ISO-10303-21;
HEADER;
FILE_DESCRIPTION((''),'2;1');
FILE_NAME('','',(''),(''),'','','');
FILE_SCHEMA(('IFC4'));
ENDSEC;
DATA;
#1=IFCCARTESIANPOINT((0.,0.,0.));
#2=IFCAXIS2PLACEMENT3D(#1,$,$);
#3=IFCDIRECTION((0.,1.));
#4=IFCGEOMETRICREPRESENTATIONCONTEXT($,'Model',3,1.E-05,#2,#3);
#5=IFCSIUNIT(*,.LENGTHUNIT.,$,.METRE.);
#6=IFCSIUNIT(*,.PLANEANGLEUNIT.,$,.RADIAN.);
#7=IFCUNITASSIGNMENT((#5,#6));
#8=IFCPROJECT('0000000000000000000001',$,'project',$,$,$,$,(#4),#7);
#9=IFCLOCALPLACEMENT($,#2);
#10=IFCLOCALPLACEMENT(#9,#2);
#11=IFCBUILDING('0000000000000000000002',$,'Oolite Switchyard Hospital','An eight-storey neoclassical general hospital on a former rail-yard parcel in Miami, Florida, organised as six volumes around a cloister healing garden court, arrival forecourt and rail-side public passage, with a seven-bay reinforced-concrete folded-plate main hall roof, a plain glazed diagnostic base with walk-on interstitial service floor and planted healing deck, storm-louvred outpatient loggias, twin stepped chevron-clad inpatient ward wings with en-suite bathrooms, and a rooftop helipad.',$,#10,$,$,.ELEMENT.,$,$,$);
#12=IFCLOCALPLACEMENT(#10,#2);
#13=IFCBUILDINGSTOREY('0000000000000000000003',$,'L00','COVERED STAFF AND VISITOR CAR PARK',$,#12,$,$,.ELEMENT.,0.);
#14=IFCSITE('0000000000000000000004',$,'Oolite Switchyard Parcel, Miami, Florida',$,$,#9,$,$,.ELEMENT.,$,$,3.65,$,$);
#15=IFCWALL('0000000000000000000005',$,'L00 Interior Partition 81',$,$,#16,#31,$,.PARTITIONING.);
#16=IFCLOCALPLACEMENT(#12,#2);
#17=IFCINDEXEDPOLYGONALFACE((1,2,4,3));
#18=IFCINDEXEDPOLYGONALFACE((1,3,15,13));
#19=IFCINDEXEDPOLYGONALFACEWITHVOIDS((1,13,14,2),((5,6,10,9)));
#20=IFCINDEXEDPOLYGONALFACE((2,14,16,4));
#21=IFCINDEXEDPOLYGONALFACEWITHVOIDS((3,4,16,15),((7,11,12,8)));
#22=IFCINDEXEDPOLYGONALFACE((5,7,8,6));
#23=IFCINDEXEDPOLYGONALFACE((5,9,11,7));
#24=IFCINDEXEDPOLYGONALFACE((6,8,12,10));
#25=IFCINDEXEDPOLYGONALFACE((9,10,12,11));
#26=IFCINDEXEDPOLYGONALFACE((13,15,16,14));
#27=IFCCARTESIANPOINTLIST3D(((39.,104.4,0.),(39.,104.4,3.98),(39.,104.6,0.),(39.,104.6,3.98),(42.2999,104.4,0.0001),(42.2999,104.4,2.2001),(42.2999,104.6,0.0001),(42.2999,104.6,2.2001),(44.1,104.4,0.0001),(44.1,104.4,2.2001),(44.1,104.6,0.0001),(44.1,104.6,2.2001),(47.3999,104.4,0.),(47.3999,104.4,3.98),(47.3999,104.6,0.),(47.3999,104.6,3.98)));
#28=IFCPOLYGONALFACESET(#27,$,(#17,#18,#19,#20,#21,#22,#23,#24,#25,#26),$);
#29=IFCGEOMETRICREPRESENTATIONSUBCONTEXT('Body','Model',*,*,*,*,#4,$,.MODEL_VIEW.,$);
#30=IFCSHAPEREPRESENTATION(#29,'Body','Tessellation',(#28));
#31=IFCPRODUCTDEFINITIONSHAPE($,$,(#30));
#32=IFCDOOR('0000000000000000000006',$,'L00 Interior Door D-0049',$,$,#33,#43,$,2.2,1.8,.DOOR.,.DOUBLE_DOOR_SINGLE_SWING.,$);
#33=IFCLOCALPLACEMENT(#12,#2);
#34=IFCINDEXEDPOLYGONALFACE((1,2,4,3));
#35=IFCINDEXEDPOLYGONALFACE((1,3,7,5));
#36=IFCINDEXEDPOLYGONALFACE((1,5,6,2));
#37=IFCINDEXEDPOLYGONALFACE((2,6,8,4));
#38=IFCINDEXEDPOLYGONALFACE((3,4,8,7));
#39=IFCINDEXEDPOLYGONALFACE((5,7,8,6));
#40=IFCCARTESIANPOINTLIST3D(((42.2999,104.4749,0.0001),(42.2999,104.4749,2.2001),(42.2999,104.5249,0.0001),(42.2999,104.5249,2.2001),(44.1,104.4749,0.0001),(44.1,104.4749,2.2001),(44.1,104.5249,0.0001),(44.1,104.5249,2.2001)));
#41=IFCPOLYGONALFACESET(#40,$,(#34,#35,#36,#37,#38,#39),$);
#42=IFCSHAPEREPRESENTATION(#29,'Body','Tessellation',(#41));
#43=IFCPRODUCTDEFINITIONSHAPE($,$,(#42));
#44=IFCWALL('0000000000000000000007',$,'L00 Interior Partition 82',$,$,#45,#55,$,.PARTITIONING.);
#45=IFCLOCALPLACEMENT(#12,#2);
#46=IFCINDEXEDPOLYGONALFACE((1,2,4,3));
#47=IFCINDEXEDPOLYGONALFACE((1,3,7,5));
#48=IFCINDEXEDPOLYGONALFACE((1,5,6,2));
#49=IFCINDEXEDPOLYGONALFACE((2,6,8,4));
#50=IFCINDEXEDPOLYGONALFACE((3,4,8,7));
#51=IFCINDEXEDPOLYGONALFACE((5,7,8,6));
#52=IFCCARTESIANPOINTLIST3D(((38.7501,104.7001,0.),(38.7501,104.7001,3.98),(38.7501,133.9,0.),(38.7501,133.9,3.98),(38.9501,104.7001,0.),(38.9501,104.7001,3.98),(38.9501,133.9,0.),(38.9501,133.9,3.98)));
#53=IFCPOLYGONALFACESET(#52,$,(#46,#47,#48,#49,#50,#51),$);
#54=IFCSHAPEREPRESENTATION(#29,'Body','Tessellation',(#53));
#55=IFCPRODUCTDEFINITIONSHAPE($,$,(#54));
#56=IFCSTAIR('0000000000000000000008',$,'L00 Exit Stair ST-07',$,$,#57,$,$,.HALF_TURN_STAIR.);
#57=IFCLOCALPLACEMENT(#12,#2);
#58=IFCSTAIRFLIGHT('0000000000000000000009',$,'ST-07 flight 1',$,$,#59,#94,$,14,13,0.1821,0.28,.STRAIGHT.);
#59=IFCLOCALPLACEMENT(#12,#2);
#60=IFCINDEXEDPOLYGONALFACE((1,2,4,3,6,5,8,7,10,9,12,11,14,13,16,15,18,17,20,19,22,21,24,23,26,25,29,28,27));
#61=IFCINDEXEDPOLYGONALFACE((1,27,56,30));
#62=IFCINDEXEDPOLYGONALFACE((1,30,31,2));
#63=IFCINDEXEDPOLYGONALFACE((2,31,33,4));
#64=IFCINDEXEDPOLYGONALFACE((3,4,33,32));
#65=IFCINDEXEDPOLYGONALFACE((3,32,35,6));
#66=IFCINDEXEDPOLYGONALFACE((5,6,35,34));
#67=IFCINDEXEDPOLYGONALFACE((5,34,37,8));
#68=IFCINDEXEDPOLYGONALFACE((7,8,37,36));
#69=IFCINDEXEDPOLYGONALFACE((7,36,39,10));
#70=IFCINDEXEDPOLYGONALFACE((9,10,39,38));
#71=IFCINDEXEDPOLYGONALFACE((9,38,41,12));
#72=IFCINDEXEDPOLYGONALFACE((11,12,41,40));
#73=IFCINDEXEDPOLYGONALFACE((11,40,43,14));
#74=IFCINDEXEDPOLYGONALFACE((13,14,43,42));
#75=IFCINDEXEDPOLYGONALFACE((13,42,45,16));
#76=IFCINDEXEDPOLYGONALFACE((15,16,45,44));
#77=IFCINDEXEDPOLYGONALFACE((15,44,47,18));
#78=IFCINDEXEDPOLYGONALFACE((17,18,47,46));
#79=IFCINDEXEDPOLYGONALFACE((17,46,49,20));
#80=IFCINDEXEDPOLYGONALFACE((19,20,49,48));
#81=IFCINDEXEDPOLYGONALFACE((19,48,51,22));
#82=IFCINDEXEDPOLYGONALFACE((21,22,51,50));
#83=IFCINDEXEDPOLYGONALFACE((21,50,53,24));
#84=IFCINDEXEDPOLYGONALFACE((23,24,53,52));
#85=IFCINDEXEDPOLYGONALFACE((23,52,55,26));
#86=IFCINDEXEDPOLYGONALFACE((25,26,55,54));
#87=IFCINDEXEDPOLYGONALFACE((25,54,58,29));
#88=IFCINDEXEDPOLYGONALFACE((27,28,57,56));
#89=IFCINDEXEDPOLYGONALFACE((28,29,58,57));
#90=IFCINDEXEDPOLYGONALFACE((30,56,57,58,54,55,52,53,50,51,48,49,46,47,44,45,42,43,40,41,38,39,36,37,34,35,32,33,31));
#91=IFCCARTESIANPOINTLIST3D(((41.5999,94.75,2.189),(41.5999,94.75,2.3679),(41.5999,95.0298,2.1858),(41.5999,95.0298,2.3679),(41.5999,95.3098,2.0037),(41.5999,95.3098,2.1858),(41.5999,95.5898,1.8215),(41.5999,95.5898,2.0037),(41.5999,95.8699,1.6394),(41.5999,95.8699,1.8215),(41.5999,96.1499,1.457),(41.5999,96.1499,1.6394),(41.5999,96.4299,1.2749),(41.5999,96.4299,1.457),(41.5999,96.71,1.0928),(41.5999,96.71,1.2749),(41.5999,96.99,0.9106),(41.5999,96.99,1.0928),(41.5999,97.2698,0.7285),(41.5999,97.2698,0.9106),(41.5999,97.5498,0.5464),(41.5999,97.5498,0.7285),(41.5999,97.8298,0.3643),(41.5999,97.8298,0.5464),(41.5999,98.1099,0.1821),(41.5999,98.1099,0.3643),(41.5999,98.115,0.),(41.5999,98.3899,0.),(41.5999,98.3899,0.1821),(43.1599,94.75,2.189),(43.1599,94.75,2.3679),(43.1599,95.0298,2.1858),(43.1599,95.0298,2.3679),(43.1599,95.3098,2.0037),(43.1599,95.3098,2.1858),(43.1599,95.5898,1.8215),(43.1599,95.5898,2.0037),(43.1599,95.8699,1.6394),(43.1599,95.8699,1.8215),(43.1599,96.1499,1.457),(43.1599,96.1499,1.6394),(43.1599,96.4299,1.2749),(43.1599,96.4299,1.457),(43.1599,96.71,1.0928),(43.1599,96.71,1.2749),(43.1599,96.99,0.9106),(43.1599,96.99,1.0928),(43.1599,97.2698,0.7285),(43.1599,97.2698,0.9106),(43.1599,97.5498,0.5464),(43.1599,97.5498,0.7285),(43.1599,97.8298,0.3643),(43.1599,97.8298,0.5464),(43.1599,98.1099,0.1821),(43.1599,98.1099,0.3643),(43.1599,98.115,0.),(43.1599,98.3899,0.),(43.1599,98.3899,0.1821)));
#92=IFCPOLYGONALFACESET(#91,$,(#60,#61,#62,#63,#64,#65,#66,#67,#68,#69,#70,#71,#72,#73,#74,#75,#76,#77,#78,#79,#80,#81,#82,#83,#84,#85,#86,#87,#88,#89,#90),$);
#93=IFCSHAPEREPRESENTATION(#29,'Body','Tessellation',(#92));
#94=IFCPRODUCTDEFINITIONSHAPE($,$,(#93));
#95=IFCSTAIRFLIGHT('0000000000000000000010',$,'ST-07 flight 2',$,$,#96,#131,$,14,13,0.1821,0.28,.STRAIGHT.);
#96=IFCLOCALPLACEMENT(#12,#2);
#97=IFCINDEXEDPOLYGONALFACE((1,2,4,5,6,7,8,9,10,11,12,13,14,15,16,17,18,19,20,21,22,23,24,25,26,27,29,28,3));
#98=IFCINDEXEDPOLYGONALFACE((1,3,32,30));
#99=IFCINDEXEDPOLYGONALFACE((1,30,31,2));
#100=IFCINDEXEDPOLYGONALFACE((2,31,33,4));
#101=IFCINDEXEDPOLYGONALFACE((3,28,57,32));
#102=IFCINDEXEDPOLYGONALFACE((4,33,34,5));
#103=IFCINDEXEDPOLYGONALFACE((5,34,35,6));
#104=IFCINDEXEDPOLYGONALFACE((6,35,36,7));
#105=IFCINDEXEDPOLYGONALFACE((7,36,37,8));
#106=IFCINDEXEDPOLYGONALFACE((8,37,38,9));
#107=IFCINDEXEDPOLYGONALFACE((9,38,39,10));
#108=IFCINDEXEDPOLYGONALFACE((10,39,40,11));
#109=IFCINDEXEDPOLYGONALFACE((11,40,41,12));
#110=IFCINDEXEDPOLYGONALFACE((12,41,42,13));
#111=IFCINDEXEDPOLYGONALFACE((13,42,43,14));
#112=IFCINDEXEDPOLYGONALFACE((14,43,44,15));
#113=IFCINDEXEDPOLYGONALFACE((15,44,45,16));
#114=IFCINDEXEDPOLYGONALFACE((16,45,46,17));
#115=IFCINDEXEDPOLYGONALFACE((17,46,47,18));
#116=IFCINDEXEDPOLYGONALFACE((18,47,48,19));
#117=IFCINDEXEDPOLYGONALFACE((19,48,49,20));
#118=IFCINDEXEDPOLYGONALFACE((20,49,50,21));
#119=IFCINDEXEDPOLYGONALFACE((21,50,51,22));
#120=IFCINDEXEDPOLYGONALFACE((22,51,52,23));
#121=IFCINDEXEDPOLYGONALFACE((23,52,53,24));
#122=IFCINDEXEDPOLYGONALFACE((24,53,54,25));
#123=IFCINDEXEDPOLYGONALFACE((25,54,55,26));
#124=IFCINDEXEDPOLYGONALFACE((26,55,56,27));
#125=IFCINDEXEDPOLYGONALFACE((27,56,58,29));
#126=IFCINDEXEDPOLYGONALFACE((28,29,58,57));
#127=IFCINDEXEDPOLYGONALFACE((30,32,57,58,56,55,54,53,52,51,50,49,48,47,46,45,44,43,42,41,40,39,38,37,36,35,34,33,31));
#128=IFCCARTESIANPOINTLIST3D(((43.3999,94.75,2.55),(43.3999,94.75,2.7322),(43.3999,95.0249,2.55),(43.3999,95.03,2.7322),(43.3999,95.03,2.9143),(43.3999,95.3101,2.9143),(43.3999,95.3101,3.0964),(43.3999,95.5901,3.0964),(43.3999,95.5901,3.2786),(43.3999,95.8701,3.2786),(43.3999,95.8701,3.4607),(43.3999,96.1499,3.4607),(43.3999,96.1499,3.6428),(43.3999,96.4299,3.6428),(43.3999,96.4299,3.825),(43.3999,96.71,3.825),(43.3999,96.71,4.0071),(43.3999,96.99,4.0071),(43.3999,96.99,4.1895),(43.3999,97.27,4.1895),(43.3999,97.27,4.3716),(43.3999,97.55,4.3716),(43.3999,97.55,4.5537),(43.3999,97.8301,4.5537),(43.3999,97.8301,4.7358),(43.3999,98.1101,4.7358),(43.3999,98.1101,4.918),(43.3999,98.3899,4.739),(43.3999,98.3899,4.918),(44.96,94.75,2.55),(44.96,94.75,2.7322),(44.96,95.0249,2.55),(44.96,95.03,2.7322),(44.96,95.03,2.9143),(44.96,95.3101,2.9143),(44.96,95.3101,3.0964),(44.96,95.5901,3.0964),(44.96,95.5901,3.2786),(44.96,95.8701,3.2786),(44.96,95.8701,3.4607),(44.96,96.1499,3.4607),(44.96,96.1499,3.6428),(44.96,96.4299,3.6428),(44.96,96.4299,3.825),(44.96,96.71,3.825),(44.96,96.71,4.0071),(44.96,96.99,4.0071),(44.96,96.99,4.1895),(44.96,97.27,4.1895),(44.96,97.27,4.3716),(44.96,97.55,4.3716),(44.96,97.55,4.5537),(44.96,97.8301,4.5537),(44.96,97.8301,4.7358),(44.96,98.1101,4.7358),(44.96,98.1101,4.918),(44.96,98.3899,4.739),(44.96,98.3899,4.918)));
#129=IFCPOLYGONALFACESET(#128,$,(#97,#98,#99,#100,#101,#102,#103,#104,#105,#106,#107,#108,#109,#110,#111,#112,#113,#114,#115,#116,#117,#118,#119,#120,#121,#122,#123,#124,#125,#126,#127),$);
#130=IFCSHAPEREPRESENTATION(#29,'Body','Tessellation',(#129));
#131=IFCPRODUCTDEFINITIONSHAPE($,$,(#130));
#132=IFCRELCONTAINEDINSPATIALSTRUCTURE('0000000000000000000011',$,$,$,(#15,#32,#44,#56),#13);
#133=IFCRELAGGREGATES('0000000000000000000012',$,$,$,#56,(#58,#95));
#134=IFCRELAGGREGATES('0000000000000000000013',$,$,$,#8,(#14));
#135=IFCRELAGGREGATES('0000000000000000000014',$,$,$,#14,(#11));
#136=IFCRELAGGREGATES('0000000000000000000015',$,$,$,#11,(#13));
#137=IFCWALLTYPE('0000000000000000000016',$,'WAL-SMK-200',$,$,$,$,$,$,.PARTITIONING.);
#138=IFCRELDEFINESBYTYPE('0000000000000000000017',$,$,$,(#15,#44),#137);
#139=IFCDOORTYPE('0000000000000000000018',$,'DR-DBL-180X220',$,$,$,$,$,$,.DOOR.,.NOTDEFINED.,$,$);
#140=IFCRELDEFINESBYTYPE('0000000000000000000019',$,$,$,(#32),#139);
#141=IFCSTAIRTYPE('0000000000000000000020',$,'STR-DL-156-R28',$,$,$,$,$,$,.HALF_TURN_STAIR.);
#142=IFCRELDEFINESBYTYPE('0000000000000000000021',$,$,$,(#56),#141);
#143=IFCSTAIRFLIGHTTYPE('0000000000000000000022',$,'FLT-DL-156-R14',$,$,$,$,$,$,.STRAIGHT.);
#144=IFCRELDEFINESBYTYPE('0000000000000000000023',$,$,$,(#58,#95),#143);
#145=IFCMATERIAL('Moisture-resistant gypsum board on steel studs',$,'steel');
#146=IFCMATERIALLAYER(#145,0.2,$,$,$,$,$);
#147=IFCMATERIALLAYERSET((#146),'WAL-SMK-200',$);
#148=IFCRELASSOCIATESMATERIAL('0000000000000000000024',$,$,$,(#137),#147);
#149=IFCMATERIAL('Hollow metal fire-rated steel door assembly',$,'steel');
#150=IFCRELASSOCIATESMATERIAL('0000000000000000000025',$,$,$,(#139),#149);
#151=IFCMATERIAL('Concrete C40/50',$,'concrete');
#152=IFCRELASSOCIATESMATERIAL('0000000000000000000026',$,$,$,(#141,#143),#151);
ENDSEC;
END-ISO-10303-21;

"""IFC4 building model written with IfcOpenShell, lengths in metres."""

from ifc_helpers import new_model, si_unit, direction, frame, frame_2d, origin, place, context, subcontext, project, spatial, polyline, rectangle, outline, extrude, material, layer, layer_set, type_object, element, fill, aggregate, save


model = new_model("IFC4")

# Units and contexts
model_context = context("Model", 3, precision=1e-05, world=origin(), true_north=direction((0.0, 1.0)))
body_context = subcontext(model_context, "Body", "Model", "MODEL_VIEW")
ifc_project = project(units=[si_unit("LENGTHUNIT", "METRE"), si_unit("PLANEANGLEUNIT", "RADIAN")], contexts=[model_context])

# Site, building, storey
site_placement = place(None, origin())
site = spatial("IfcSite", under=ifc_project, at=site_placement, Name="Oolite Switchyard Parcel, Miami, Florida", CompositionType="ELEMENT", RefElevation=3.65)
building_placement = place(site_placement, origin())
building = spatial("IfcBuilding", under=site, at=building_placement, Name="Oolite Switchyard Hospital", Description="An eight-storey neoclassical general hospital on a former rail-yard parcel in Miami, Florida, organised as six volumes around a cloister healing garden court, arrival forecourt and rail-side public passage, with a seven-bay reinforced-concrete folded-plate main hall roof, a plain glazed diagnostic base with walk-on interstitial service floor and planted healing deck, storm-louvred outpatient loggias, twin stepped chevron-clad inpatient ward wings with en-suite bathrooms, and a rooftop helipad.", CompositionType="ELEMENT")
storey_placement = place(building_placement, origin())
storey = spatial("IfcBuildingStorey", under=building, at=storey_placement, Name="L00", Description="COVERED STAFF AND VISITOR CAR PARK", CompositionType="ELEMENT", Elevation=0.0)

# Shared definitions
ifc_material_1 = material(Name="Concrete C40/50", Category="concrete")

# Wall, opening, door
ifc_material_2 = material(Name="Moisture-resistant gypsum board on steel studs", Category="steel")
ifc_layer_1 = layer(ifc_material_2, 0.2)
ifc_layer_set_1 = layer_set([ifc_layer_1], Name="WAL-SMK-200")
wall_type_1 = type_object("IfcWallType", Name="WAL-SMK-200", PredefinedType="PARTITIONING", material=ifc_layer_set_1)
wall_1_placement = place(storey_placement, frame((39.0, 104.5, 0.0), z_axis=(0.0, 0.0, 1.0), x_axis=(1.0, 0.0, 0.0)))
wall_1 = element("IfcWall", 1, at=wall_1_placement, inside=storey, type_object=wall_type_1, Name="L00 Interior Partition 81", PredefinedType="PARTITIONING", context=body_context, shape_type="SweptSolid", body=[
    extrude(rectangle(XDim=8.3999, YDim=0.2, at=frame_2d((4.2, 0.0))), origin(), (0.0, 0.0, 1.0), 3.98),
])
opening_placement = place(wall_1_placement, frame((3.3, 0.0, 0.0)))
opening = element("IfcOpeningElement", 2, at=opening_placement, cuts=wall_1, PredefinedType="OPENING", context=body_context, shape_type="SweptSolid", body=[
    extrude(rectangle(XDim=1.8, YDim=2.2, at=frame_2d((0.8999, 1.1001))), frame((0.0, 0.1099, 0.0), z_axis=(0.0, -1.0, 0.0), x_axis=(1.0, 0.0, 0.0)), (0.0, 0.0, 1.0), 0.22),
])
ifc_material_3 = material(Name="Hollow metal fire-rated steel door assembly", Category="steel")
door_type = type_object("IfcDoorType", Name="DR-DBL-180X220", OperationType="NOTDEFINED", PredefinedType="DOOR", material=ifc_material_3)
door_placement = place(opening_placement, origin())
door = element("IfcDoor", 3, at=door_placement, inside=storey, type_object=door_type, Name="L00 Interior Door D-0049", OperationType="DOUBLE_DOOR_SINGLE_SWING", OverallHeight=2.2, OverallWidth=1.8, PredefinedType="DOOR", context=body_context, shape_type="SweptSolid", body=[
    extrude(rectangle(XDim=1.8, YDim=2.2, at=frame_2d((0.8999, 1.1001))), frame((0.0, 0.0249, 0.0), z_axis=(0.0, -1.0, 0.0), x_axis=(1.0, 0.0, 0.0)), (0.0, 0.0, 1.0), 0.05),
])
fill(opening, door)

# Wall
wall_2_placement = place(storey_placement, frame((38.8501, 104.7, 0.0), z_axis=(0.0, 0.0, 1.0), x_axis=(0.0, 1.0, 0.0)))
element("IfcWall", 4, at=wall_2_placement, inside=storey, type_object=wall_type_1, Name="L00 Interior Partition 82", PredefinedType="PARTITIONING", context=body_context, shape_type="SweptSolid", body=[
    extrude(rectangle(XDim=29.2, YDim=0.2, at=frame_2d((14.6001, 0.0))), origin(), (0.0, 0.0, 1.0), 3.98),
])

# Stair, stair flights
stair_type = type_object("IfcStairType", Name="STR-DL-156-R28", PredefinedType="HALF_TURN_STAIR", material=ifc_material_1)
stair_placement = place(storey_placement, origin())
stair = element("IfcStair", 5, at=stair_placement, inside=storey, type_object=stair_type, Name="L00 Exit Stair ST-07", PredefinedType="HALF_TURN_STAIR")
stair_flight_type = type_object("IfcStairFlightType", Name="FLT-DL-156-R14", PredefinedType="STRAIGHT", material=ifc_material_1)
stair_flight_1_placement = place(storey_placement, frame((42.3799, 98.3899, 0.0), z_axis=(0.0, 0.0, 1.0), x_axis=(0.0, -1.0, 0.0)))
stair_flight_1 = element("IfcStairFlight", 6, at=stair_flight_1_placement, type_object=stair_flight_type, Name="ST-07 flight 1", NumberOfRisers=14, NumberOfTreads=13, PredefinedType="STRAIGHT", RiserHeight=0.1821, TreadLength=0.28, context=body_context, shape_type="SweptSolid", body=[
    extrude(outline(polyline([(0.0, 0.0), (0.0, 0.1821), (0.28, 0.1821), (0.28, 0.3643), (0.5601, 0.3643), (0.5601, 0.5464), (0.8401, 0.5464), (0.8401, 0.7285), (1.1201, 0.7285), (1.1201, 0.9106), (1.3999, 0.9106), (1.3999, 1.0928), (1.6799, 1.0928), (1.6799, 1.2749), (1.96, 1.2749), (1.96, 1.457), (2.24, 1.457), (2.24, 1.6394), (2.52, 1.6394), (2.52, 1.8215), (2.8, 1.8215), (2.8, 2.0037), (3.0801, 2.0037), (3.0801, 2.1858), (3.3601, 2.1858), (3.3601, 2.3679), (3.6399, 2.3679), (3.6399, 2.55), (3.6399, 2.189), (0.2749, 0.0), (0.0, 0.0)])), frame((0.0, 0.78, 0.0), z_axis=(0.0, -1.0, 0.0), x_axis=(1.0, 0.0, 0.0)), (0.0, 0.0, 1.0), 1.5601),
])
stair_flight_2_placement = place(storey_placement, frame((44.1799, 94.75, 2.55), z_axis=(0.0, 0.0, 1.0), x_axis=(0.0, 1.0, 0.0)))
stair_flight_2 = element("IfcStairFlight", 7, at=stair_flight_2_placement, type_object=stair_flight_type, Name="ST-07 flight 2", NumberOfRisers=14, NumberOfTreads=13, PredefinedType="STRAIGHT", RiserHeight=0.1821, TreadLength=0.28, context=body_context, shape_type="SweptSolid", body=[
    extrude(outline(polyline([(0.0, 0.0), (0.0, 0.1821), (0.28, 0.1821), (0.28, 0.3643), (0.5601, 0.3643), (0.5601, 0.5464), (0.8401, 0.5464), (0.8401, 0.7285), (1.1201, 0.7285), (1.1201, 0.9106), (1.3999, 0.9106), (1.3999, 1.0928), (1.6799, 1.0928), (1.6799, 1.2749), (1.96, 1.2749), (1.96, 1.457), (2.24, 1.457), (2.24, 1.6394), (2.52, 1.6394), (2.52, 1.8215), (2.8, 1.8215), (2.8, 2.0037), (3.0801, 2.0037), (3.0801, 2.1858), (3.3601, 2.1858), (3.3601, 2.3679), (3.6399, 2.3679), (3.6399, 2.55), (3.6399, 2.189), (0.2749, 0.0), (0.0, 0.0)])), frame((0.0, 0.78, 0.0), z_axis=(0.0, -1.0, 0.0), x_axis=(1.0, 0.0, 0.0)), (0.0, 0.0, 1.0), 1.5601),
])
aggregate(stair, [stair_flight_1, stair_flight_2])

save(model, "model.ifc")
